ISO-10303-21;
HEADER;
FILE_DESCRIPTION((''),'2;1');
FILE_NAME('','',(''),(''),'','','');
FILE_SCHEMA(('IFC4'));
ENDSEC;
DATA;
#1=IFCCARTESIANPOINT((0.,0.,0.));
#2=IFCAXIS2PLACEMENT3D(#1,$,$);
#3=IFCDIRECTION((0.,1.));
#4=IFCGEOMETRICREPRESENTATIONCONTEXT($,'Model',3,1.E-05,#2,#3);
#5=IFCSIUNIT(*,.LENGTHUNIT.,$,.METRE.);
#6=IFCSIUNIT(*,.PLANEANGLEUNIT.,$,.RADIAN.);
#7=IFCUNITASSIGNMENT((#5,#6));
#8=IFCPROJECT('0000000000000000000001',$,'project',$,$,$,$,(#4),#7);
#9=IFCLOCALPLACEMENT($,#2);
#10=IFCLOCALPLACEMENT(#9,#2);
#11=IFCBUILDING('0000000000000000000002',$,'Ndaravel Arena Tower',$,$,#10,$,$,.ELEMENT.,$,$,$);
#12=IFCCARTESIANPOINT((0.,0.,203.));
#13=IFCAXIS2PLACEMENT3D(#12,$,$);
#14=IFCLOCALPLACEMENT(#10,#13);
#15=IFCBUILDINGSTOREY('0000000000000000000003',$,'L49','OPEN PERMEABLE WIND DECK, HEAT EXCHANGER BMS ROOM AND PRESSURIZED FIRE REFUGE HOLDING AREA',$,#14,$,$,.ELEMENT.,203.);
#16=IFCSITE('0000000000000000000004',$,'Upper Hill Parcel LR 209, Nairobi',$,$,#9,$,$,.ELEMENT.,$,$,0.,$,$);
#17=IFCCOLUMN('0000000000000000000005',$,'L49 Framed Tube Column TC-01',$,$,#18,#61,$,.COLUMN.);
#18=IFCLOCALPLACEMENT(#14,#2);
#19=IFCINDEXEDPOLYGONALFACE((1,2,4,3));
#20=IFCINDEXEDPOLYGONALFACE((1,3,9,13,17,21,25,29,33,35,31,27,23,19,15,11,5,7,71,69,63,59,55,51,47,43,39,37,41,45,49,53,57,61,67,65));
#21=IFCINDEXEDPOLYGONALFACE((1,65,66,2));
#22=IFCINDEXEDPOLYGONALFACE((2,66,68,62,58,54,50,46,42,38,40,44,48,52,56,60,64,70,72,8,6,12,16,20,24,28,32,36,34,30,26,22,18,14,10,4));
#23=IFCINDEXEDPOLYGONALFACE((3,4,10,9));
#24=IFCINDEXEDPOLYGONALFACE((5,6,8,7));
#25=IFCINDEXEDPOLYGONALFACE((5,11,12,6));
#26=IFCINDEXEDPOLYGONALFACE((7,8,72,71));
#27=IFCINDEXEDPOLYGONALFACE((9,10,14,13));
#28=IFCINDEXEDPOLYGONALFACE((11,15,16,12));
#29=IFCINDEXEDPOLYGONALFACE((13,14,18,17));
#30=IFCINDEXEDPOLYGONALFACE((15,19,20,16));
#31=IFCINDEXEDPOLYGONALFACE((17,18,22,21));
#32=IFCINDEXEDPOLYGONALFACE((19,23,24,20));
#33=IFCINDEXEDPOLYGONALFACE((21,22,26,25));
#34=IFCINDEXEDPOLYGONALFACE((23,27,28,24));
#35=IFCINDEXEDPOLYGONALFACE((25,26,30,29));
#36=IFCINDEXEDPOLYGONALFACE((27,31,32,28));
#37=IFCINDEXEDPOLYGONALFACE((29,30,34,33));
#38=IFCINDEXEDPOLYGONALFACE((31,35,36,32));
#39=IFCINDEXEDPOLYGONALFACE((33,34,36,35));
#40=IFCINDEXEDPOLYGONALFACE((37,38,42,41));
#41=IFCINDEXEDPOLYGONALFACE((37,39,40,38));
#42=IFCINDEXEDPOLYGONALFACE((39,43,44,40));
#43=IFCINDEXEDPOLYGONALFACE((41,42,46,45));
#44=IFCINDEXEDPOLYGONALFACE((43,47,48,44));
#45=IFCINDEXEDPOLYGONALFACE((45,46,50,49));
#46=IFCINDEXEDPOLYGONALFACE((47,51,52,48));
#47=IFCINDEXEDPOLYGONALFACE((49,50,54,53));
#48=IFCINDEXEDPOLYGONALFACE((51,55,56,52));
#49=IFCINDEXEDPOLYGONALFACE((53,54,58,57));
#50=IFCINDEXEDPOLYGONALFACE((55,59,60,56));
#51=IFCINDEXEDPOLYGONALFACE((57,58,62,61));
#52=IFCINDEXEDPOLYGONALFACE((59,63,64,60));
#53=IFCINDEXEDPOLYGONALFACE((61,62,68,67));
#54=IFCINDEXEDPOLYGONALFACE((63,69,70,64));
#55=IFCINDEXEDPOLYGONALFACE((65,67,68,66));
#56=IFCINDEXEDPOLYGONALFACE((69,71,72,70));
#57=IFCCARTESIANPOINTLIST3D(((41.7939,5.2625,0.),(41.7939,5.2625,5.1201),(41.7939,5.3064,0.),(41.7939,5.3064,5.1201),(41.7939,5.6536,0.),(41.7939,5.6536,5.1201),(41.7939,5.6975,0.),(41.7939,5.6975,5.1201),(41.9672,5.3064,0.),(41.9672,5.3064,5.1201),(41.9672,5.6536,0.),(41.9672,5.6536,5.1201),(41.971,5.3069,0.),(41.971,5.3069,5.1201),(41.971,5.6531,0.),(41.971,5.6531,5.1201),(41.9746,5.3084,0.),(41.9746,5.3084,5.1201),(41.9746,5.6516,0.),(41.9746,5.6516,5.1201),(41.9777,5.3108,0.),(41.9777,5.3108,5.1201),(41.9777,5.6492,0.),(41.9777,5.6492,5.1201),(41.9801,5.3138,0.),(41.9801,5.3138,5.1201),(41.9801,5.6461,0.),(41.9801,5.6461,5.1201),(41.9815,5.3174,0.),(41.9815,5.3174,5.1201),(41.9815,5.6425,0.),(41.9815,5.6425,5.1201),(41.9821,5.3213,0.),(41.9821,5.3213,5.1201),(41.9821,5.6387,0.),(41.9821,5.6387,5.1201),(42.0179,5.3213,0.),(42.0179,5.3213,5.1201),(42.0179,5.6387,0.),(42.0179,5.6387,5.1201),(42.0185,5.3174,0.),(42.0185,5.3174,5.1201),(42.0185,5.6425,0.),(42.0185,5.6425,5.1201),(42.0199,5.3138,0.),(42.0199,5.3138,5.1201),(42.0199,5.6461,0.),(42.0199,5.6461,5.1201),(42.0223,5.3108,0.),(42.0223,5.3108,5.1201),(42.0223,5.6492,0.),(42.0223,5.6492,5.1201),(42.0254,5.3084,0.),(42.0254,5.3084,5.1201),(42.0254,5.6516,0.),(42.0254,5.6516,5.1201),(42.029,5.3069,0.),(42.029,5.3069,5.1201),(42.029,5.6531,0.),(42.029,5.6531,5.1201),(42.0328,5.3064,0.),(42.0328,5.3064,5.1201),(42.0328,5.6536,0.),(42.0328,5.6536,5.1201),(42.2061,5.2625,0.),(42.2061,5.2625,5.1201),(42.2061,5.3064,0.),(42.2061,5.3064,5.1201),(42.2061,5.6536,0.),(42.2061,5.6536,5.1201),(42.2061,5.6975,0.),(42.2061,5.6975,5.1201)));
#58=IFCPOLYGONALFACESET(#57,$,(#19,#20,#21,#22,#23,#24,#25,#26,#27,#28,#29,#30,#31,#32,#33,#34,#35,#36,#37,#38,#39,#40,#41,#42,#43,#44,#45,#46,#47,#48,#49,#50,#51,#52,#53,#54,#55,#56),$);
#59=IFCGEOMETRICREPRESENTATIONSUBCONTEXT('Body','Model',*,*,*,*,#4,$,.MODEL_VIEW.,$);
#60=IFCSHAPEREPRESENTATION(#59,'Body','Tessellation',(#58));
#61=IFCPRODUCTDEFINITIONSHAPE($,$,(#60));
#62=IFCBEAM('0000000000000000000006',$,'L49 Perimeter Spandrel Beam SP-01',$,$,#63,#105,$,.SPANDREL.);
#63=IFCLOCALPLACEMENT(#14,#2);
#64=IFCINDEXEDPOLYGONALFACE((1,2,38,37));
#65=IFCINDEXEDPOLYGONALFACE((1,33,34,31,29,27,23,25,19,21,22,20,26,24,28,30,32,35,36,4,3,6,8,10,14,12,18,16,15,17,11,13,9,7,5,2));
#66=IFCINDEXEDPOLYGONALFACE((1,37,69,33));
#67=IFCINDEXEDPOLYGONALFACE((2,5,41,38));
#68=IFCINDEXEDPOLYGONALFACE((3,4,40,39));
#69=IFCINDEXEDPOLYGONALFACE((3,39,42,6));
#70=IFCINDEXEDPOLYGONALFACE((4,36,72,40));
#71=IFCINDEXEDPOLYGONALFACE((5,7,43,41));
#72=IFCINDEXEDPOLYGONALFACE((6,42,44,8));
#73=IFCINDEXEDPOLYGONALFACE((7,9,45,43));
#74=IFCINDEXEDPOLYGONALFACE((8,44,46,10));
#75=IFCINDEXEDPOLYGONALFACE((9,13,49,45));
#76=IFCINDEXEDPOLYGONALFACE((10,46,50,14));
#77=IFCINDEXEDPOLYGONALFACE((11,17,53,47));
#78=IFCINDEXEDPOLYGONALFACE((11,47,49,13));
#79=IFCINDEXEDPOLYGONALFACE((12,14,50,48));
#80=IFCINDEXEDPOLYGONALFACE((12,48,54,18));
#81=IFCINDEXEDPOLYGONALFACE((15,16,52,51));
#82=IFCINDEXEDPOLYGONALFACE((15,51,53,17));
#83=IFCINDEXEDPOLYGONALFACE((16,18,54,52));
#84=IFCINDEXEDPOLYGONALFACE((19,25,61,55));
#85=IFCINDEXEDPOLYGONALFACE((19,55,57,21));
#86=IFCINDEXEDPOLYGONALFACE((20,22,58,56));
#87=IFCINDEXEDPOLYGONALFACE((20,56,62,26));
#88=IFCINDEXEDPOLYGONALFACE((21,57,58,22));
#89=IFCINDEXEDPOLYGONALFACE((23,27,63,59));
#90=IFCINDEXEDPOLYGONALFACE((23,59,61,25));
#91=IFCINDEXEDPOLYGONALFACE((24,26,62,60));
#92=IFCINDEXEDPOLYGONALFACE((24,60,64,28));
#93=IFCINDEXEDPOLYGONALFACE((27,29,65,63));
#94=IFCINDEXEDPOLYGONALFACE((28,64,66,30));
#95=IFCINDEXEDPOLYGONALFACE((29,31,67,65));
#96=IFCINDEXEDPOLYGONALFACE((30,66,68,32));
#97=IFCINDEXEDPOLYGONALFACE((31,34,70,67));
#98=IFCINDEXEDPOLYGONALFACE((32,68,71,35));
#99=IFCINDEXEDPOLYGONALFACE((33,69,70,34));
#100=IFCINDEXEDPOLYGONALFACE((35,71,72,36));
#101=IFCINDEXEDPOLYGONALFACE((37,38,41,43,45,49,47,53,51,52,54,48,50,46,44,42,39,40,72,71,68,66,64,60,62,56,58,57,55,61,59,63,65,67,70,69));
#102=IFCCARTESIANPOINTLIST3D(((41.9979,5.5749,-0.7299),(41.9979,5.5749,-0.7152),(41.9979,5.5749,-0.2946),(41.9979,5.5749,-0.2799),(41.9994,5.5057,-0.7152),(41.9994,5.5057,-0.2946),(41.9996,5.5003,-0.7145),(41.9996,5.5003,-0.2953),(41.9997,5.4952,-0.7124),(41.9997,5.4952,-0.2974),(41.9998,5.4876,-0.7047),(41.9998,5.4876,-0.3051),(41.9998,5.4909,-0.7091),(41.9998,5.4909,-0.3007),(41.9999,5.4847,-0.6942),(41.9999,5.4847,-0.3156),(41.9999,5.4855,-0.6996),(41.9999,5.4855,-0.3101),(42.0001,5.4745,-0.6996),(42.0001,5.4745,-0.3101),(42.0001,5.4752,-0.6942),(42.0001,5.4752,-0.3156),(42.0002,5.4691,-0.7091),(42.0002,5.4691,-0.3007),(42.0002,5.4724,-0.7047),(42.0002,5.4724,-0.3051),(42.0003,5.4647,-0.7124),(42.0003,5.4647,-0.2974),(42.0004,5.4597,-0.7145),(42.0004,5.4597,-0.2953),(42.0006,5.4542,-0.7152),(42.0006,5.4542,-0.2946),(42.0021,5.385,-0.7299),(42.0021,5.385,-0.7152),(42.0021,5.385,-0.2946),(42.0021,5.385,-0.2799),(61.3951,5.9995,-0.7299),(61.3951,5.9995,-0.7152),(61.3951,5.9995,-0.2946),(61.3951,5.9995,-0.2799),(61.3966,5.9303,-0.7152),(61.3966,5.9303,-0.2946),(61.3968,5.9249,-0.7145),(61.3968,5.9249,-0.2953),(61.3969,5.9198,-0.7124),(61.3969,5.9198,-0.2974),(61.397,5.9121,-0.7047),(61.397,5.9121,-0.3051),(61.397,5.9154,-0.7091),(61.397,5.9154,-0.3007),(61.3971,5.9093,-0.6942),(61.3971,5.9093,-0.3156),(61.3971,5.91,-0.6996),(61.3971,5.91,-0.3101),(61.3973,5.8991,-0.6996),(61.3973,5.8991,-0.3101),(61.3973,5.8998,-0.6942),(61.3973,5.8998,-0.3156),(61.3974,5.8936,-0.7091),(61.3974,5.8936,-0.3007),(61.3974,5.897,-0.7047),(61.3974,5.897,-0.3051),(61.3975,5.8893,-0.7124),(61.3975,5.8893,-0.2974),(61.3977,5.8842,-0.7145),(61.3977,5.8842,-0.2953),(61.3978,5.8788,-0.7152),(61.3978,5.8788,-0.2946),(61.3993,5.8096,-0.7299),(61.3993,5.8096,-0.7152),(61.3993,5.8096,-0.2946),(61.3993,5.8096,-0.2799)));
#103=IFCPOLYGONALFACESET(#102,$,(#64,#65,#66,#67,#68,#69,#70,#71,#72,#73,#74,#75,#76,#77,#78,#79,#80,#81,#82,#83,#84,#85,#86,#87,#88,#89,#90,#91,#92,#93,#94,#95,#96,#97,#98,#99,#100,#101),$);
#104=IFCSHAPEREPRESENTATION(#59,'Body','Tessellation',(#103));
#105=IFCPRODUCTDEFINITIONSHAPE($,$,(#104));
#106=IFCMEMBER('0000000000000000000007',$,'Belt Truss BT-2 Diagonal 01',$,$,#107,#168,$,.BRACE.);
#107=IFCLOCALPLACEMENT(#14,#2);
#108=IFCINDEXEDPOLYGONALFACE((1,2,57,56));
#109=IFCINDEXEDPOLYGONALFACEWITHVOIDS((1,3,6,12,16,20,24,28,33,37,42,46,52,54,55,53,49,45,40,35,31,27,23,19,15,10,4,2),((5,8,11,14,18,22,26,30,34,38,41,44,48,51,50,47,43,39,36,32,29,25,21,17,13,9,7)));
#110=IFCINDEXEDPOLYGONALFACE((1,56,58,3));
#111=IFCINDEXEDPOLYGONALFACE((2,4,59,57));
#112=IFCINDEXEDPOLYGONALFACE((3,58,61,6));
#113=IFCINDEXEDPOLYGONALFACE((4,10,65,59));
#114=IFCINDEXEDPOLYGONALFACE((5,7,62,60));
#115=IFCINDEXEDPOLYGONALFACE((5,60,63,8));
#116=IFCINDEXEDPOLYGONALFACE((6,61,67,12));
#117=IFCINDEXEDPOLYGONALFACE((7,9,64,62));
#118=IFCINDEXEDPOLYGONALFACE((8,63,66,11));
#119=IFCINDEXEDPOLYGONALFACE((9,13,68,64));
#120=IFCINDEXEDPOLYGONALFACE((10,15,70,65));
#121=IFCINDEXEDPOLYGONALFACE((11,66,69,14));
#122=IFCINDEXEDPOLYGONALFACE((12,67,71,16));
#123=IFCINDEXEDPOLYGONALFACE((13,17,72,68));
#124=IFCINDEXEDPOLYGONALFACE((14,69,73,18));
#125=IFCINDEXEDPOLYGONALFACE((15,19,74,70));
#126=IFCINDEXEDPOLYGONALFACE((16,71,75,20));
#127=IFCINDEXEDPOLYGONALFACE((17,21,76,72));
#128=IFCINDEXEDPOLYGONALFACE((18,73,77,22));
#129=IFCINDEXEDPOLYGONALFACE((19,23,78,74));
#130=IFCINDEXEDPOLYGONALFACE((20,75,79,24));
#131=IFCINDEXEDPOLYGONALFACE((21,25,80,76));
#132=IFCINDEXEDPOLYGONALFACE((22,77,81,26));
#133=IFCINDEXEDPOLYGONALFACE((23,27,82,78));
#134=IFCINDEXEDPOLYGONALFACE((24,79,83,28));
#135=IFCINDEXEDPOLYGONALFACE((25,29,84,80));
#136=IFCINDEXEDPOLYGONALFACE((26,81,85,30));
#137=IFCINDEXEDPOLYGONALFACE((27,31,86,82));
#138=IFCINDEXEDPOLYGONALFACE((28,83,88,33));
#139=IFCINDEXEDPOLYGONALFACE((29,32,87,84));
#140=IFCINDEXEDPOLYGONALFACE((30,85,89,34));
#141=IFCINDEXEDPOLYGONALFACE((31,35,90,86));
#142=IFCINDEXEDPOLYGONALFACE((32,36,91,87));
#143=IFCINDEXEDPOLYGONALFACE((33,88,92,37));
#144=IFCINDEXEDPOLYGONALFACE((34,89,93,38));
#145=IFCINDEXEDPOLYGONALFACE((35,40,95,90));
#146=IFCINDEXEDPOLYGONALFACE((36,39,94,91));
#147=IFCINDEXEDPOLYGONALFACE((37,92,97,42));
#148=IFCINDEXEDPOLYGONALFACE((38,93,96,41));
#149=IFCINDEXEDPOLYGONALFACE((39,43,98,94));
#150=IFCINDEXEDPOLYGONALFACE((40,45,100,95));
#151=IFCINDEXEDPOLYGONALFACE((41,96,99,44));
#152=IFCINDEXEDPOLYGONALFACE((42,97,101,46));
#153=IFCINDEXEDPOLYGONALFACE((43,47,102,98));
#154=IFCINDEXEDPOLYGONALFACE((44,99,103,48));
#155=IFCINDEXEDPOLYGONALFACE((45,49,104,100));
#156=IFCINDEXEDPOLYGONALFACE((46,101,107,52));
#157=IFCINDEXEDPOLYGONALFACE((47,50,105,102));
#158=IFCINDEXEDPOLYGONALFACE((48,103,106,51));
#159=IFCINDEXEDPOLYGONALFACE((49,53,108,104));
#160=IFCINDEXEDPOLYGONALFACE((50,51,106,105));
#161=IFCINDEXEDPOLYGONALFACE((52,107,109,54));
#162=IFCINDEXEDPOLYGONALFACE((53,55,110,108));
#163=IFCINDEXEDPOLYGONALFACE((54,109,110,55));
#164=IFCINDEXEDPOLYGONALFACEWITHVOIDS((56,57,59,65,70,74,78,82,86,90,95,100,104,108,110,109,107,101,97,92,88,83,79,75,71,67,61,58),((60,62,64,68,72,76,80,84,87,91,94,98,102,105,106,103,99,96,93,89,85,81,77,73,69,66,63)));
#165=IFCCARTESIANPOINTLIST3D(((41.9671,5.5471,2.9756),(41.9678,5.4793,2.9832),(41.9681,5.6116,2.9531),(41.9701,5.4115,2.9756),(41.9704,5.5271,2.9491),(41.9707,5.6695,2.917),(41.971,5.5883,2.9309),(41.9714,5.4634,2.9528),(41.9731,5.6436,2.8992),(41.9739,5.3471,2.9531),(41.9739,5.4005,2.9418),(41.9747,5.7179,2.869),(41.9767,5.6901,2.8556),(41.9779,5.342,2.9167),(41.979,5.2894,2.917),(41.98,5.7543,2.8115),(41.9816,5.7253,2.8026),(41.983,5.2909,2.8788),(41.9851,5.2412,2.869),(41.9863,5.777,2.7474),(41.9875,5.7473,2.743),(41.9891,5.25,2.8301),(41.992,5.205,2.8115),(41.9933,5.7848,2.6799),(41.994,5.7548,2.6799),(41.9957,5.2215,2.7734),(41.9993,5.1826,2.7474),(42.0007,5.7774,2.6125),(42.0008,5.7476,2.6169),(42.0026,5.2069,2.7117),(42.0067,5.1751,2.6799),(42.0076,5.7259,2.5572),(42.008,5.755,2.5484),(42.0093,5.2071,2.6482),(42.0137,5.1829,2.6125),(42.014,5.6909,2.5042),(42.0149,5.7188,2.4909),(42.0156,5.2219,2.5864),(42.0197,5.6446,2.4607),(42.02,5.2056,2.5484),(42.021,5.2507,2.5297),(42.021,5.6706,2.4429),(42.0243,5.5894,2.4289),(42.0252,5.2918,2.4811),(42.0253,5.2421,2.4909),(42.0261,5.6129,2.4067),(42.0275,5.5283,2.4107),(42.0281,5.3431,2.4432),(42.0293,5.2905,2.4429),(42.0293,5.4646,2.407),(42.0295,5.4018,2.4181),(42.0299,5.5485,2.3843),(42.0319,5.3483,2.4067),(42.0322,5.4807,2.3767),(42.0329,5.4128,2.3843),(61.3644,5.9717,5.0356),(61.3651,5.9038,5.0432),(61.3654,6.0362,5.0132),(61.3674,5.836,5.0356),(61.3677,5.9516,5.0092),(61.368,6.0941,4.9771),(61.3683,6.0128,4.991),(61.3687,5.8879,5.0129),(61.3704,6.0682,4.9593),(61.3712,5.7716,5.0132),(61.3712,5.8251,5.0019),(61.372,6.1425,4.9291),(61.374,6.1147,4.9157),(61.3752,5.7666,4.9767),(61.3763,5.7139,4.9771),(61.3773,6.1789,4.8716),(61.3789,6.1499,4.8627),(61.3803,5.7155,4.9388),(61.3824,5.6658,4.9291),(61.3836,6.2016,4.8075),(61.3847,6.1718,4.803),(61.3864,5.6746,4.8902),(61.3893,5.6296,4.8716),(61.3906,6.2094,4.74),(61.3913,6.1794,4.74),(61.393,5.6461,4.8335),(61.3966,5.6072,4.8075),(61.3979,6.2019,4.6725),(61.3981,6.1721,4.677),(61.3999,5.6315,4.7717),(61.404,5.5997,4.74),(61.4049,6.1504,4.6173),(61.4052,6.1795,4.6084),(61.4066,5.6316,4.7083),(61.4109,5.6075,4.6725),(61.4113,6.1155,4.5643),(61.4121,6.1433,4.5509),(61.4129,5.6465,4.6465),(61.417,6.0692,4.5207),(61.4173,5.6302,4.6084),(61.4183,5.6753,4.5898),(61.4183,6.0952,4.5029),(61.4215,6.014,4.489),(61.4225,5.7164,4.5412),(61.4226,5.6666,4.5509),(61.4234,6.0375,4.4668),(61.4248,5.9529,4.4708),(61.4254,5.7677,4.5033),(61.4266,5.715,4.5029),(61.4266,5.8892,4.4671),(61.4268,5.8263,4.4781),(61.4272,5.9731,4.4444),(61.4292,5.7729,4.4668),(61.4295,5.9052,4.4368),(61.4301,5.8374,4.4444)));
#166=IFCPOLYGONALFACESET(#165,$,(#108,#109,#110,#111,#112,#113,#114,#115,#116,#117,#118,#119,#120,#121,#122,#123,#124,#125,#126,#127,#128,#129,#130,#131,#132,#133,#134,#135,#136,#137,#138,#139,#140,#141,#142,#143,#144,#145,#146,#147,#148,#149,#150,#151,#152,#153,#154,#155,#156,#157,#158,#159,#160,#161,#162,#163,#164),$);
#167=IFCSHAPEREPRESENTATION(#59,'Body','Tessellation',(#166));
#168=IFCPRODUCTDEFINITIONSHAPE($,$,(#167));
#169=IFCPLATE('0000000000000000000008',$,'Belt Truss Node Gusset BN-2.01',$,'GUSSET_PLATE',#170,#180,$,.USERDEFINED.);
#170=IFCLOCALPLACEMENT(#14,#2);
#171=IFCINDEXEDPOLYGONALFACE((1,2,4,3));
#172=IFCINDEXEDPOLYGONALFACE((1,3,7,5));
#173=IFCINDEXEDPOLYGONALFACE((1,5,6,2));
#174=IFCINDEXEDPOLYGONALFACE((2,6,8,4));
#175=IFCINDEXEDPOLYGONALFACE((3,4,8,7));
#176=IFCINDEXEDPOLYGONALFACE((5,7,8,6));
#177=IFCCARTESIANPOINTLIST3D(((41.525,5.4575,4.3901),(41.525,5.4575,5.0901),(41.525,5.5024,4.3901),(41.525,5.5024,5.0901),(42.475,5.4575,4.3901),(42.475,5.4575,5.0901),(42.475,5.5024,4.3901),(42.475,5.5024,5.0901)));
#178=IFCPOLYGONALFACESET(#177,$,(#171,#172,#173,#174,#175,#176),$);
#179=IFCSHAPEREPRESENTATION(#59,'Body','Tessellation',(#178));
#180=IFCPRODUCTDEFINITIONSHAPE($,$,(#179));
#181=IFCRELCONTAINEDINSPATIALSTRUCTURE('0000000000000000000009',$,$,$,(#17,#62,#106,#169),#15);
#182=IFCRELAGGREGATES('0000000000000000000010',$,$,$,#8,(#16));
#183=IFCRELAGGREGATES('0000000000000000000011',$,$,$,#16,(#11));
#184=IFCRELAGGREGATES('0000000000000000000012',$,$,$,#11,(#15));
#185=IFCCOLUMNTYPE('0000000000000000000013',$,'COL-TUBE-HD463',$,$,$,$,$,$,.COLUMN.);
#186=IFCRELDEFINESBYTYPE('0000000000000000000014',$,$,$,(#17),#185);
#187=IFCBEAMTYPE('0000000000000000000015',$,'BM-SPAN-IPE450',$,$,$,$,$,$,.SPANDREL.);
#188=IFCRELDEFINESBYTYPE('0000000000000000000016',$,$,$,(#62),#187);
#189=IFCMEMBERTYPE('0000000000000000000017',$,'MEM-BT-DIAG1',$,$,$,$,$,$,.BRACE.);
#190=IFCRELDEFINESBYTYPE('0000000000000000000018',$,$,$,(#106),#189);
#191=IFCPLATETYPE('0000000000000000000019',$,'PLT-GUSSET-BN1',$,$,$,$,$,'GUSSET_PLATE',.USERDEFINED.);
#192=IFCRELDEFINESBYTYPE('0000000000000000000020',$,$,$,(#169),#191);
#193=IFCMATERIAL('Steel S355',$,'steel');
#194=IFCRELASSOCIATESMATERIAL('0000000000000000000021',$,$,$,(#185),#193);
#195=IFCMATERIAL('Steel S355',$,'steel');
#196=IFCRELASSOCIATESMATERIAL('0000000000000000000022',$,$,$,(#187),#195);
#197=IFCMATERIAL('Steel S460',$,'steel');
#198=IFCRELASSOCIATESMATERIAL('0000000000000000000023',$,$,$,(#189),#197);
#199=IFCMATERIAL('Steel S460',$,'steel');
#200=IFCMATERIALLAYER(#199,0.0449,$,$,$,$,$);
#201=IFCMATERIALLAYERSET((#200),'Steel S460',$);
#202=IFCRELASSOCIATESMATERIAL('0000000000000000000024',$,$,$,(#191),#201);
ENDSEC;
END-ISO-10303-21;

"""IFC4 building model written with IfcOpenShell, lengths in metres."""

from ifc_helpers import new_model, si_unit, direction, frame, origin, origin_2d, place, context, subcontext, project, spatial, rectangle, hollow_circle, i_section, extrude, material, layer, layer_set, material_profile, profile_set, type_object, element, save


model = new_model("IFC4")

# Units and contexts
model_context = context("Model", 3, precision=1e-05, world=origin(), true_north=direction((0.0, 1.0)))
body_context = subcontext(model_context, "Body", "Model", "MODEL_VIEW")
ifc_project = project(units=[si_unit("LENGTHUNIT", "METRE"), si_unit("PLANEANGLEUNIT", "RADIAN")], contexts=[model_context])

# Site, building, storey
site_placement = place(None, origin())
site = spatial("IfcSite", under=ifc_project, at=site_placement, Name="Upper Hill Parcel LR 209, Nairobi", CompositionType="ELEMENT", RefElevation=0.0)
building_placement = place(site_placement, origin())
building = spatial("IfcBuilding", under=site, at=building_placement, Name="Ndaravel Arena Tower", CompositionType="ELEMENT")
storey_placement = place(building_placement, frame((0.0, 0.0, 203.0)))
storey = spatial("IfcBuildingStorey", under=building, at=storey_placement, Name="L49", Description="OPEN PERMEABLE WIND DECK, HEAT EXCHANGER BMS ROOM AND PRESSURIZED FIRE REFUGE HOLDING AREA", CompositionType="ELEMENT", Elevation=203.0)

# Column
ifc_material_1 = material(Name="Steel S355", Category="steel")
ifc_material_profile_1 = material_profile(ifc_material_1, i_section(OverallWidth=0.4121, OverallDepth=0.4351, WebThickness=0.0359, FlangeThickness=0.0439, FilletRadius=0.0149, at=origin_2d()), Name="HD 400x463")
ifc_profile_set_1 = profile_set([ifc_material_profile_1], Name="Steel S355")
column_type = type_object("IfcColumnType", Name="COL-TUBE-HD463", PredefinedType="COLUMN", material=ifc_profile_set_1)
column_placement = place(storey_placement, frame((42.0, 5.48, 0.0), z_axis=(0.0, 0.0, 1.0), x_axis=(1.0, 0.0, 0.0)))
element("IfcColumn", 1, at=column_placement, inside=storey, type_object=column_type, Name="L49 Framed Tube Column TC-01", PredefinedType="COLUMN", context=body_context, shape_type="SweptSolid", body=[
    extrude(i_section(OverallWidth=0.4121, OverallDepth=0.4351, WebThickness=0.0359, FlangeThickness=0.0439, FilletRadius=0.0149, at=origin_2d()), origin(), (0.0, 0.0, 1.0), 5.1201),
])

# Beam
ifc_material_2 = material(Name="Steel S355", Category="steel")
ifc_material_profile_2 = material_profile(ifc_material_2, i_section(OverallWidth=0.1899, OverallDepth=0.45, WebThickness=0.0095, FlangeThickness=0.0146, FilletRadius=0.021, at=origin_2d()), Name="IPE 450")
ifc_profile_set_2 = profile_set([ifc_material_profile_2], Name="Steel S355")
beam_type = type_object("IfcBeamType", Name="BM-SPAN-IPE450", PredefinedType="SPANDREL", material=ifc_profile_set_2)
beam_placement = place(storey_placement, frame((42.0, 5.48, -0.5049), z_axis=(0.999761, 0.021882, 0.0), x_axis=(-0.021882, 0.999761, 0.0)))
element("IfcBeam", 2, at=beam_placement, inside=storey, type_object=beam_type, Name="L49 Perimeter Spandrel Beam SP-01", PredefinedType="SPANDREL", context=body_context, shape_type="SweptSolid", body=[
    extrude(i_section(OverallWidth=0.1899, OverallDepth=0.45, WebThickness=0.0095, FlangeThickness=0.0146, FilletRadius=0.021, at=origin_2d()), origin(), (0.0, 0.0, 1.0), 19.4019),
])

# Member
ifc_material_3 = material(Name="Steel S460", Category="steel")
ifc_material_profile_3 = material_profile(ifc_material_3, hollow_circle(Radius=0.3049, WallThickness=0.03, at=origin_2d()), Name="CHS 610x30")
ifc_profile_set_3 = profile_set([ifc_material_profile_3], Name="Steel S460")
member_type = type_object("IfcMemberType", Name="MEM-BT-DIAG1", PredefinedType="BRACE", material=ifc_profile_set_3)
member_placement = place(storey_placement, frame((42.0, 5.48, 2.6799), z_axis=(0.994172, 0.02176, 0.105585), x_axis=(-0.021882, 0.999761, 0.0)))
element("IfcMember", 3, at=member_placement, inside=storey, type_object=member_type, Name="Belt Truss BT-2 Diagonal 01", PredefinedType="BRACE", context=body_context, shape_type="SweptSolid", body=[
    extrude(hollow_circle(Radius=0.3049, WallThickness=0.03, at=origin_2d()), origin(), (0.0, 0.0, 1.0), 19.511),
])

# Plate
ifc_material_4 = material(Name="Steel S460", Category="steel")
ifc_layer_1 = layer(ifc_material_4, 0.0449)
ifc_layer_set_1 = layer_set([ifc_layer_1], Name="Steel S460")
plate_type = type_object("IfcPlateType", Name="PLT-GUSSET-BN1", ElementType="GUSSET_PLATE", PredefinedType="USERDEFINED", material=ifc_layer_set_1)
plate_placement = place(storey_placement, frame((42.0, 5.48, 4.3901), z_axis=(0.0, 0.0, 1.0), x_axis=(1.0, 0.0, 0.0)))
element("IfcPlate", 4, at=plate_placement, inside=storey, type_object=plate_type, Name="Belt Truss Node Gusset BN-2.01", ObjectType="GUSSET_PLATE", PredefinedType="USERDEFINED", context=body_context, shape_type="SweptSolid", body=[
    extrude(rectangle(XDim=0.95, YDim=0.0449, at=origin_2d()), origin(), (0.0, 0.0, 1.0), 0.7),
])

save(model, "model.ifc")
